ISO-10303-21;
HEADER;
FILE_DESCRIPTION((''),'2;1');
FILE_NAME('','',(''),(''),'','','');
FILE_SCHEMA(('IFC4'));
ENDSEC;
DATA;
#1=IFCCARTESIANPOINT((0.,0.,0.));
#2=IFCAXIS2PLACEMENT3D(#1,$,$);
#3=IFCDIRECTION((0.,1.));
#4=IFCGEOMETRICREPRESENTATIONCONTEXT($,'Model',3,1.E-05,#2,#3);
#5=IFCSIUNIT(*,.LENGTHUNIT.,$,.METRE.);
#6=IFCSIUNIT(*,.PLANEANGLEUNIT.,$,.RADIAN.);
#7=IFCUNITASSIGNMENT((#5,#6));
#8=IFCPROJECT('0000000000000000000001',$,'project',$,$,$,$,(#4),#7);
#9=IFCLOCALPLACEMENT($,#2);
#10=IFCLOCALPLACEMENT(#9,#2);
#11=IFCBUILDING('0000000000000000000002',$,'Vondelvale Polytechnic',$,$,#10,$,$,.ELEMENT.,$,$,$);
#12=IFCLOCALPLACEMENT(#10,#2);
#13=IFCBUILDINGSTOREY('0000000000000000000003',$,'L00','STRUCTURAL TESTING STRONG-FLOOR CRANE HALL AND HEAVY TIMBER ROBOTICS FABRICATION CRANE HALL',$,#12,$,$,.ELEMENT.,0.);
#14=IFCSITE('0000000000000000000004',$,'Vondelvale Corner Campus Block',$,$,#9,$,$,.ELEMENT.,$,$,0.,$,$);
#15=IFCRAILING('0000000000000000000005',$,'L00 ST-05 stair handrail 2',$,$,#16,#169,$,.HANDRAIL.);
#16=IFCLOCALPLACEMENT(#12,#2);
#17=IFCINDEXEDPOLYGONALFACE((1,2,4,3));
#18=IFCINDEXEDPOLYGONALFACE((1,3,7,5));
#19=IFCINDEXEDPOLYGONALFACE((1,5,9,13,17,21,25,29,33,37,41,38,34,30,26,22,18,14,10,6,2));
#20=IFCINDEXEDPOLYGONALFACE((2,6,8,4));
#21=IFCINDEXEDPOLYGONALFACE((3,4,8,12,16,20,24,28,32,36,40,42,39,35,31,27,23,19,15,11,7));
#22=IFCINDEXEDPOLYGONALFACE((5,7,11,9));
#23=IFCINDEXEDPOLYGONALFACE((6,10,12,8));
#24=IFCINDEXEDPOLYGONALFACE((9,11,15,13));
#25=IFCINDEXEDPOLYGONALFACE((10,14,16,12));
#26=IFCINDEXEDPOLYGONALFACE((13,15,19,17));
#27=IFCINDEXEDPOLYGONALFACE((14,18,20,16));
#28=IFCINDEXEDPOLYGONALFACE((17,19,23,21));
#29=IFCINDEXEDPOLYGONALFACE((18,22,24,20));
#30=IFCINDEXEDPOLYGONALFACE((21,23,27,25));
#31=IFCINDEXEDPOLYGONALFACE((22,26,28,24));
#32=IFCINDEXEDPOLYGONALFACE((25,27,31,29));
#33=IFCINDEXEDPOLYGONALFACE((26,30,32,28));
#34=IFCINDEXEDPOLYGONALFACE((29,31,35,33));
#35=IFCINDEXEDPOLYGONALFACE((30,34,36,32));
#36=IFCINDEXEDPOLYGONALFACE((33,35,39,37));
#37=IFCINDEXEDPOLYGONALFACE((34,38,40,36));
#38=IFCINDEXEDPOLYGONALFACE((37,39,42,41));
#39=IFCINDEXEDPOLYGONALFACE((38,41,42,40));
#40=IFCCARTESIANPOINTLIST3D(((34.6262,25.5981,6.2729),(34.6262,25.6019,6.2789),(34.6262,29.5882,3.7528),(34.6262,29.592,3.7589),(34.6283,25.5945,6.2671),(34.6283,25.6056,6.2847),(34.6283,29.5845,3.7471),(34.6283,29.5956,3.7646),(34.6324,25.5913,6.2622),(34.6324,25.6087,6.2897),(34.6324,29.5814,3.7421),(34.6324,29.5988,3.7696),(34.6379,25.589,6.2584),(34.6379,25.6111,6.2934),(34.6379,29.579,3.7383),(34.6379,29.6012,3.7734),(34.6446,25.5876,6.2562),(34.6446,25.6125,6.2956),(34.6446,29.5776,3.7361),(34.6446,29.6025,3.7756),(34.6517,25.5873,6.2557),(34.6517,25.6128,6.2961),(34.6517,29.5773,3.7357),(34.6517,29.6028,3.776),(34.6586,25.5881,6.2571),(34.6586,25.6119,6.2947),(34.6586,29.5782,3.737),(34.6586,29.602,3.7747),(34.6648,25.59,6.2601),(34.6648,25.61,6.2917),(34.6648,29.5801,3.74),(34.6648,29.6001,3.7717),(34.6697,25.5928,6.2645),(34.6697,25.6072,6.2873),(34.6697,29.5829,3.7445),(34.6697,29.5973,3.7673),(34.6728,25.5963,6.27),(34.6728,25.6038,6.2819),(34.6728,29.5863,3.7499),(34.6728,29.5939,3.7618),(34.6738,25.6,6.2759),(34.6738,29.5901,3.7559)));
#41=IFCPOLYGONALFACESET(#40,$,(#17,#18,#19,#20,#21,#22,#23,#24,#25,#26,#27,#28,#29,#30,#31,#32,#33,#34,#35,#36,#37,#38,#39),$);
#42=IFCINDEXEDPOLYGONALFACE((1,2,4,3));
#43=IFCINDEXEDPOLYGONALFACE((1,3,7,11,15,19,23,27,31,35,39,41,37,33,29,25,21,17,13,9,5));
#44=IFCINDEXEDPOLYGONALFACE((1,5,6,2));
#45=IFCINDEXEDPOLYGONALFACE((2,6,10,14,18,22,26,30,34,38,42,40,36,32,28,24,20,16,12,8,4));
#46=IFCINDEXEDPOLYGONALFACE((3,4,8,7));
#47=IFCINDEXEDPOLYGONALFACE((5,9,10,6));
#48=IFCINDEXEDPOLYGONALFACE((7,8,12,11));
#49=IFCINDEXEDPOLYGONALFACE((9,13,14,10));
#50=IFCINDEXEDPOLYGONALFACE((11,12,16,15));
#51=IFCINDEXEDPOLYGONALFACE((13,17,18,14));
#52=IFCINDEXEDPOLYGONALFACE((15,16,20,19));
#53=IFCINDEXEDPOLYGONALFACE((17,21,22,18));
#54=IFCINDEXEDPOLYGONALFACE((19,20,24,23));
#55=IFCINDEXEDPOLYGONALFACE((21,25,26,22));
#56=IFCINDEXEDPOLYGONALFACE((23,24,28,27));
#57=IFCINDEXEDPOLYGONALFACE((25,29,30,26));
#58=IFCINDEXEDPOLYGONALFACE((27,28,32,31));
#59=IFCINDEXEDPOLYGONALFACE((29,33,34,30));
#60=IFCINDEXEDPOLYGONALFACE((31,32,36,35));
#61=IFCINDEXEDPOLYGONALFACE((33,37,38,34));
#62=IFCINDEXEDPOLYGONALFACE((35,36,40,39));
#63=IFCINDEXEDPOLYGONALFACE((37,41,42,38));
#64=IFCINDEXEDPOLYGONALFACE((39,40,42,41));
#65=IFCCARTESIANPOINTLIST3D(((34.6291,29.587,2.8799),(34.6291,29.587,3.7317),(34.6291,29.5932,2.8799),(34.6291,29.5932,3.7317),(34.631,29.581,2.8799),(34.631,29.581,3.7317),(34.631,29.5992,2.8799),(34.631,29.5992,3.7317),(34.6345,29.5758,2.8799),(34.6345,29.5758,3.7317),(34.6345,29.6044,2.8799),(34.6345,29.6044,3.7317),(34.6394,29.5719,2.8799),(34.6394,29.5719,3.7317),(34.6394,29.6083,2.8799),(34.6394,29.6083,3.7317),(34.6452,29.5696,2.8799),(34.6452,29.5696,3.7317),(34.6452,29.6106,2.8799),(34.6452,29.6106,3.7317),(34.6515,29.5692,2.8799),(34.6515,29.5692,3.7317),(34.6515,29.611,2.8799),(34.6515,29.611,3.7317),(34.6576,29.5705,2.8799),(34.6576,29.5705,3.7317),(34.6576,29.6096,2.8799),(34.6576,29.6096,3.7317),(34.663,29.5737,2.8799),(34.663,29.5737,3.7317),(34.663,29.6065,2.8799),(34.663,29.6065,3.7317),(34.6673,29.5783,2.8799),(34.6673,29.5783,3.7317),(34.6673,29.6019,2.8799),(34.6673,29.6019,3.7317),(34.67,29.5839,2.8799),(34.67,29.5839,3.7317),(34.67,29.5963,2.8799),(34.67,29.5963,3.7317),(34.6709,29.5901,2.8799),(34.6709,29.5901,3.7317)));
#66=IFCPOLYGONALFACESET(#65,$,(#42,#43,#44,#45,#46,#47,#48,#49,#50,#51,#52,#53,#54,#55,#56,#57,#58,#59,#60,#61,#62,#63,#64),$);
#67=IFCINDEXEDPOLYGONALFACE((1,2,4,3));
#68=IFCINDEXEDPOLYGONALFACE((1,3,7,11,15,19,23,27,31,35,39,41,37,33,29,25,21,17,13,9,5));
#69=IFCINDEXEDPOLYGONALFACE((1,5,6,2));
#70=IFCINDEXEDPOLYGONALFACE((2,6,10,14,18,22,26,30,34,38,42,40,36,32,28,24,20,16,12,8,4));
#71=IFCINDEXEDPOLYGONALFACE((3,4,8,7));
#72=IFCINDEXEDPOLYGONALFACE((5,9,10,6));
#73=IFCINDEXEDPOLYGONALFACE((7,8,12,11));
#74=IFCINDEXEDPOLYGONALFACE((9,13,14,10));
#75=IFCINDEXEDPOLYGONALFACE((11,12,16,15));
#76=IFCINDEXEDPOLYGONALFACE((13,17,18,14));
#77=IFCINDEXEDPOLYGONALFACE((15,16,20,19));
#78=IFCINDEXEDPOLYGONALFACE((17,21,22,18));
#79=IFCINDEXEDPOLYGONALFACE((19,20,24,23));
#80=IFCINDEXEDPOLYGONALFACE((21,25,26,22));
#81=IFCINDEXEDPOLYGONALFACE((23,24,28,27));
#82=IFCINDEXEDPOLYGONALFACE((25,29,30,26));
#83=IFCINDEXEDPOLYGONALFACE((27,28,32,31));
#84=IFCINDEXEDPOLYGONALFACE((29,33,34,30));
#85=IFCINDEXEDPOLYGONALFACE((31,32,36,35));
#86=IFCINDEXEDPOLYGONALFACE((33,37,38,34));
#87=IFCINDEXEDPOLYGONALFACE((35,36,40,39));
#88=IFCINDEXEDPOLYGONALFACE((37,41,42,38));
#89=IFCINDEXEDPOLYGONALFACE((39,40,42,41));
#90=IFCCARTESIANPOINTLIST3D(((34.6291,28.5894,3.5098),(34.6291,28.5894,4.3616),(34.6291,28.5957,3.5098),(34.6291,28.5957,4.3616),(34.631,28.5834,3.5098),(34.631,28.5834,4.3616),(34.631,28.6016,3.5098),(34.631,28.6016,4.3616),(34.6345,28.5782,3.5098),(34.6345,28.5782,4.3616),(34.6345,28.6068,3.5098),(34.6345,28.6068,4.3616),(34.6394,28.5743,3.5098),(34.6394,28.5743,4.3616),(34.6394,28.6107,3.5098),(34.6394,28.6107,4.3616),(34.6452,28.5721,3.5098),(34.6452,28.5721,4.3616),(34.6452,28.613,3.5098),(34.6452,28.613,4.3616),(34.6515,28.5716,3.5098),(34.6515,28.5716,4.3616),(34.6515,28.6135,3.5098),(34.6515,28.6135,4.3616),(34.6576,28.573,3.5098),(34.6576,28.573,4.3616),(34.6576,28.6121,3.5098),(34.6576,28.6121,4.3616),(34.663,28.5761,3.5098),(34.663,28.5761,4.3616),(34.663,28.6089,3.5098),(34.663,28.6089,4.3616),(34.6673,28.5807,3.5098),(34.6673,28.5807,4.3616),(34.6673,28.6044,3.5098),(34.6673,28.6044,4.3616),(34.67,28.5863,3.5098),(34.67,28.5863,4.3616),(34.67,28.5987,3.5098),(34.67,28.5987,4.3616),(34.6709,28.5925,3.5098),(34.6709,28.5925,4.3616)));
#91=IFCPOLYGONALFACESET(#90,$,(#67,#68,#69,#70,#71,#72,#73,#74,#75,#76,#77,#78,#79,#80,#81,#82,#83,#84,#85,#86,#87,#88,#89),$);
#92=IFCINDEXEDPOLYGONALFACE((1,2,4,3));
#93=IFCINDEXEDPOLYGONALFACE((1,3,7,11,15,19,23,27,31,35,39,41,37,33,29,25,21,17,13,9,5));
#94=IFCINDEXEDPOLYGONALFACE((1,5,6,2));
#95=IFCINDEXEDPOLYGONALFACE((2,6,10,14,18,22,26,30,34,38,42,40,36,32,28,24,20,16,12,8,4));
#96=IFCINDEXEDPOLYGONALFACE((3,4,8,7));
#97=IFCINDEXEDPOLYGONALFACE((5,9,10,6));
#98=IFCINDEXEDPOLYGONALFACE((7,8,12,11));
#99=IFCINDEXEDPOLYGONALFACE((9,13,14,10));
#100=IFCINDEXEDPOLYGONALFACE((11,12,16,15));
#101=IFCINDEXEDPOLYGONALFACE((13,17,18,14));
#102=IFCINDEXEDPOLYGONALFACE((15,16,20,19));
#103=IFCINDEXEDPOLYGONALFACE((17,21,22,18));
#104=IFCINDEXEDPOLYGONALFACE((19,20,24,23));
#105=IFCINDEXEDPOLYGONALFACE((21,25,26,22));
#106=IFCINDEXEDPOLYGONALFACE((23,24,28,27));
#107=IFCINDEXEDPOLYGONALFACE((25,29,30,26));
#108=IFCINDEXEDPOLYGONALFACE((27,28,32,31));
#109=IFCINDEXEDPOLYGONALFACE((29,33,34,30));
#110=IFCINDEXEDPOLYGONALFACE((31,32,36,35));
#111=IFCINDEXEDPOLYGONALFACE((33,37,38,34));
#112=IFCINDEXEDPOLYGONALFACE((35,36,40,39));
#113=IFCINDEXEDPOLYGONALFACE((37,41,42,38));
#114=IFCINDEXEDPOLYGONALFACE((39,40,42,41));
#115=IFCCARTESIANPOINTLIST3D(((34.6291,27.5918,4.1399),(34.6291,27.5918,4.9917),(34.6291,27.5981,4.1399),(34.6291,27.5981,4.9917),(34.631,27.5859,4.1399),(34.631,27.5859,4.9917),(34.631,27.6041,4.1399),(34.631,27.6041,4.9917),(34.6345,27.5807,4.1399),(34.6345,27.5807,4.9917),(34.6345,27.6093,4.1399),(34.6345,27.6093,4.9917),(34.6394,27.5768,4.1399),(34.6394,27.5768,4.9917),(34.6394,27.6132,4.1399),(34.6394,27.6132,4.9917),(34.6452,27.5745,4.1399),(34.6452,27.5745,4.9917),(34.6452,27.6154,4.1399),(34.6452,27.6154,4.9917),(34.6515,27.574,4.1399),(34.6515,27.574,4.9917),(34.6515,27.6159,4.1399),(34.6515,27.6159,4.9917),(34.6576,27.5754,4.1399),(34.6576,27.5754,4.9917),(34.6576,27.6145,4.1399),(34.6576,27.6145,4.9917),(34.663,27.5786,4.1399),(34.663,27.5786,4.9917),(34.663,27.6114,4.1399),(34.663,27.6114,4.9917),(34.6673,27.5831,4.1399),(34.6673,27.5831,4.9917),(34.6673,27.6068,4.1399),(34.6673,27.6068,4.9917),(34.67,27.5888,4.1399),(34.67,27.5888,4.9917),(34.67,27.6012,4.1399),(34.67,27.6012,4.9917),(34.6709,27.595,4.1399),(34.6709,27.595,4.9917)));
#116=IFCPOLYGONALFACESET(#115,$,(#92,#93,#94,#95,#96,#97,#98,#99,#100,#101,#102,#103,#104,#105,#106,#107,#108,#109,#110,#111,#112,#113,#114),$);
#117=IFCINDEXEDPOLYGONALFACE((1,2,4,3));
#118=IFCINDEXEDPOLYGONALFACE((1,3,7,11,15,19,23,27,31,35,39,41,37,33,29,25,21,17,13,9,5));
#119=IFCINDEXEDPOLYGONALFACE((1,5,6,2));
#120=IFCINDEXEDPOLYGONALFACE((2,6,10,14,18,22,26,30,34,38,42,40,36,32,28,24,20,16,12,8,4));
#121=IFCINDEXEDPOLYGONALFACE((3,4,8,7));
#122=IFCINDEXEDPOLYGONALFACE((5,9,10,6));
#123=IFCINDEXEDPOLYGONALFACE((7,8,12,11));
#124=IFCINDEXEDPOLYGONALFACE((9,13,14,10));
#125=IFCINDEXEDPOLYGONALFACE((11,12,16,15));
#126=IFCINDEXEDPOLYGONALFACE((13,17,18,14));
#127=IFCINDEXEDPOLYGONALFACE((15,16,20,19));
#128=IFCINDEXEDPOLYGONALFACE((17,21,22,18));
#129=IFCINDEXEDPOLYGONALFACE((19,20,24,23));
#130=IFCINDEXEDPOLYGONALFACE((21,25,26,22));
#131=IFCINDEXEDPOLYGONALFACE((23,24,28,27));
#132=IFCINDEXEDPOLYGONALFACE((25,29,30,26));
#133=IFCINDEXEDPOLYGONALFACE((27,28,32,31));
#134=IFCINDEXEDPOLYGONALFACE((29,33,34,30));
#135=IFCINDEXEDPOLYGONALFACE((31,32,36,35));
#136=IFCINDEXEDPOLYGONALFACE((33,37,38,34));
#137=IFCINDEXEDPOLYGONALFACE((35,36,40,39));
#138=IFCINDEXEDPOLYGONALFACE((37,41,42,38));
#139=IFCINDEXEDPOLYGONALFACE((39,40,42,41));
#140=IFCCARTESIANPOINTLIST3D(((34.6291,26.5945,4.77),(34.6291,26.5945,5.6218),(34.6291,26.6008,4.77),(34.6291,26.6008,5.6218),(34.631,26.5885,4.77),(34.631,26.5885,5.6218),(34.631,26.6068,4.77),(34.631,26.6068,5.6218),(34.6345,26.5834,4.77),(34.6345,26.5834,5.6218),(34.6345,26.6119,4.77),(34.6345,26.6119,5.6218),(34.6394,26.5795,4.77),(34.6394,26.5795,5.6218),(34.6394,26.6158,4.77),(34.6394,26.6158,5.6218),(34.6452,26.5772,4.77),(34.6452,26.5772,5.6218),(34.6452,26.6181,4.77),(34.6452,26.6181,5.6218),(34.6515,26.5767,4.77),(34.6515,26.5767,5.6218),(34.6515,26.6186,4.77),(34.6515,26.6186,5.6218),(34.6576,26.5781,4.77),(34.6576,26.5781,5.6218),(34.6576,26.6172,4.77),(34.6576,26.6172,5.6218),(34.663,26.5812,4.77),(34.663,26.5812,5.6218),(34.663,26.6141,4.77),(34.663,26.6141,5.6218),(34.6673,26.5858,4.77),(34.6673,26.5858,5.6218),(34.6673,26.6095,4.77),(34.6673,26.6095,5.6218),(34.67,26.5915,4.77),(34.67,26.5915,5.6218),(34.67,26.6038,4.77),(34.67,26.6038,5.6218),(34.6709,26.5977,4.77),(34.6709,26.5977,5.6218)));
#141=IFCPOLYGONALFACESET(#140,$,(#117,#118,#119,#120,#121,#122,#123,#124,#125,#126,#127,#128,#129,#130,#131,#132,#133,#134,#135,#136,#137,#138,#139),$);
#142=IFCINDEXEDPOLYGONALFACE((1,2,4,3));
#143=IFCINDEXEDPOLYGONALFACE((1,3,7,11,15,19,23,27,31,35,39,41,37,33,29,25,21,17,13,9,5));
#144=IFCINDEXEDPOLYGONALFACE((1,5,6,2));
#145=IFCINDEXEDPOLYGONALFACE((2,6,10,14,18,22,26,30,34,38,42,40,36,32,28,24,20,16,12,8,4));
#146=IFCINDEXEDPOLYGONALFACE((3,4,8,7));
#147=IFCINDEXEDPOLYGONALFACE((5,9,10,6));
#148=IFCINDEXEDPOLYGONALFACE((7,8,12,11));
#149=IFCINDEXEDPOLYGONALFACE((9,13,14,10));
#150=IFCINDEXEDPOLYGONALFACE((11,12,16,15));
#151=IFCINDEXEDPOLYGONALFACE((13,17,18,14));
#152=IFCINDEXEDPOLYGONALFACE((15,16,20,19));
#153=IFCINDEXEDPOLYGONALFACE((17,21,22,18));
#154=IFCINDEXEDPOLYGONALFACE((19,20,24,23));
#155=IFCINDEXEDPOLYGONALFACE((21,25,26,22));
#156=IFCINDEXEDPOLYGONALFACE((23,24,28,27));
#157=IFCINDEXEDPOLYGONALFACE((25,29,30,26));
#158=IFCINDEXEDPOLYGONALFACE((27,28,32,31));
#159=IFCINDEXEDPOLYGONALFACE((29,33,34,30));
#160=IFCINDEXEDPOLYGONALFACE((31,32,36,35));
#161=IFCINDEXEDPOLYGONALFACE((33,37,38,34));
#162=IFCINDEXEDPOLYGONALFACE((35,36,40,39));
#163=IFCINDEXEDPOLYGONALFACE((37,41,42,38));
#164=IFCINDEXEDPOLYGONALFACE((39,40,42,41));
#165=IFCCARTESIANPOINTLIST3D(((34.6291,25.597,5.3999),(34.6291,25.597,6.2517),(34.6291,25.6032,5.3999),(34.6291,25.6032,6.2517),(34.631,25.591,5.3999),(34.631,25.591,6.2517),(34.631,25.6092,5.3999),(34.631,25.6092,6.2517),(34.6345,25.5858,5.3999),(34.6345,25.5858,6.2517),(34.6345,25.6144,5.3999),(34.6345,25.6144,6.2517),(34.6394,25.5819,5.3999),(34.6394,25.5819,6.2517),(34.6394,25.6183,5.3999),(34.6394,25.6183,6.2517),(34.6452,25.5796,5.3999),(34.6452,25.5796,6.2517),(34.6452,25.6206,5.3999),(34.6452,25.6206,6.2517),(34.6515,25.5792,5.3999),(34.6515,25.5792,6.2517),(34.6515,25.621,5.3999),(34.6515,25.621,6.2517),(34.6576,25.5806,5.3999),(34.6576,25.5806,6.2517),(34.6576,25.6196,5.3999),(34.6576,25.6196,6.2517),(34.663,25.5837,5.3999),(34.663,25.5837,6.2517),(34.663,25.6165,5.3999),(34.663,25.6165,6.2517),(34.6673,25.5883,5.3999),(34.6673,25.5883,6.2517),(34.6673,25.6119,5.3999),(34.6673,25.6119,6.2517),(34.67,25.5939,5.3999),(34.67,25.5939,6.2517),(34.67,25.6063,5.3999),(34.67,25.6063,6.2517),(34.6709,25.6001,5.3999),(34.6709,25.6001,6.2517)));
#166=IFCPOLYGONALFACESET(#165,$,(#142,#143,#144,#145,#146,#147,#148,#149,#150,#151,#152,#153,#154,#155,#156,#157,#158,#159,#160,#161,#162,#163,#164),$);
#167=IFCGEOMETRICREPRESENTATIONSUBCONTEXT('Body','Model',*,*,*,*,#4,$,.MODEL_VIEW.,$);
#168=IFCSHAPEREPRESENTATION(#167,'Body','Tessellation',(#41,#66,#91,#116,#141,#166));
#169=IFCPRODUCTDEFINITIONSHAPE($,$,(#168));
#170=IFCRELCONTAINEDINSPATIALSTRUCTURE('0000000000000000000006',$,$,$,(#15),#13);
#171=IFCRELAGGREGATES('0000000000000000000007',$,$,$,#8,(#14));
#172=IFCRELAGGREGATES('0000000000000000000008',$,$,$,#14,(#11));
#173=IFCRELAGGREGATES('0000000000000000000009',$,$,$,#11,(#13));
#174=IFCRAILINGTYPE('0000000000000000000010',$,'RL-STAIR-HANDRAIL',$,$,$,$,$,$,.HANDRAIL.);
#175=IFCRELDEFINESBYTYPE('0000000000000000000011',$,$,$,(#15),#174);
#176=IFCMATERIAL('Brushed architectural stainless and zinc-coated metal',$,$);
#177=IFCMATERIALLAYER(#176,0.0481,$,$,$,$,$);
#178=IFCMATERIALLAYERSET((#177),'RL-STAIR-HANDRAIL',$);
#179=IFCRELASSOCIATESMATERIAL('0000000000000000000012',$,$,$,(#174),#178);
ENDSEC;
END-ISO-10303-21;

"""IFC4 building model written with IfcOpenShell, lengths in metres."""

from ifc_helpers import new_model, si_unit, direction, frame, origin, origin_2d, place, context, subcontext, project, spatial, circle, extrude, material, layer, layer_set, type_object, element, save


model = new_model("IFC4")

# Units and contexts
model_context = context("Model", 3, precision=1e-05, world=origin(), true_north=direction((0.0, 1.0)))
body_context = subcontext(model_context, "Body", "Model", "MODEL_VIEW")
ifc_project = project(units=[si_unit("LENGTHUNIT", "METRE"), si_unit("PLANEANGLEUNIT", "RADIAN")], contexts=[model_context])

# Site, building, storey
site_placement = place(None, origin())
site = spatial("IfcSite", under=ifc_project, at=site_placement, Name="Vondelvale Corner Campus Block", CompositionType="ELEMENT", RefElevation=0.0)
building_placement = place(site_placement, origin())
building = spatial("IfcBuilding", under=site, at=building_placement, Name="Vondelvale Polytechnic", CompositionType="ELEMENT")
storey_placement = place(building_placement, origin())
storey = spatial("IfcBuildingStorey", under=building, at=storey_placement, Name="L00", Description="STRUCTURAL TESTING STRONG-FLOOR CRANE HALL AND HEAVY TIMBER ROBOTICS FABRICATION CRANE HALL", CompositionType="ELEMENT", Elevation=0.0)

# Shared definitions
ifc_material_1 = material(Name="Brushed architectural stainless and zinc-coated metal")

# Railing
ifc_layer_1 = layer(ifc_material_1, 0.0481)
ifc_layer_set_1 = layer_set([ifc_layer_1], Name="RL-STAIR-HANDRAIL")
railing_type_1 = type_object("IfcRailingType", Name="RL-STAIR-HANDRAIL", PredefinedType="HANDRAIL", material=ifc_layer_set_1)
railing_1_placement = place(storey_placement, frame((34.6499, 29.5901, 2.8799)))
element("IfcRailing", 1, at=railing_1_placement, inside=storey, type_object=railing_type_1, Name="L00 ST-05 stair handrail 2", PredefinedType="HANDRAIL", context=body_context, shape_type="SweptSolid", body=[
    extrude(circle(Radius=0.0239, at=origin_2d()), frame((0.0, 0.0, 0.876), z_axis=(0.0, -0.845486, 0.533997), x_axis=(1.0, 0.0, 0.0)), (0.0, 0.0, 1.0), 4.7192),
    extrude(circle(Radius=0.021, at=origin_2d()), origin(), (0.0, 0.0, 1.0), 0.8518),
    extrude(circle(Radius=0.021, at=origin_2d()), frame((0.0, -0.9976, 0.6299)), (0.0, 0.0, 1.0), 0.8518),
    extrude(circle(Radius=0.021, at=origin_2d()), frame((0.0, -1.9951, 1.26)), (0.0, 0.0, 1.0), 0.8518),
    extrude(circle(Radius=0.021, at=origin_2d()), frame((0.0, -2.9924, 1.8901)), (0.0, 0.0, 1.0), 0.8518),
    extrude(circle(Radius=0.021, at=origin_2d()), frame((0.0, -3.99, 2.52)), (0.0, 0.0, 1.0), 0.8518),
])

save(model, "model.ifc")
